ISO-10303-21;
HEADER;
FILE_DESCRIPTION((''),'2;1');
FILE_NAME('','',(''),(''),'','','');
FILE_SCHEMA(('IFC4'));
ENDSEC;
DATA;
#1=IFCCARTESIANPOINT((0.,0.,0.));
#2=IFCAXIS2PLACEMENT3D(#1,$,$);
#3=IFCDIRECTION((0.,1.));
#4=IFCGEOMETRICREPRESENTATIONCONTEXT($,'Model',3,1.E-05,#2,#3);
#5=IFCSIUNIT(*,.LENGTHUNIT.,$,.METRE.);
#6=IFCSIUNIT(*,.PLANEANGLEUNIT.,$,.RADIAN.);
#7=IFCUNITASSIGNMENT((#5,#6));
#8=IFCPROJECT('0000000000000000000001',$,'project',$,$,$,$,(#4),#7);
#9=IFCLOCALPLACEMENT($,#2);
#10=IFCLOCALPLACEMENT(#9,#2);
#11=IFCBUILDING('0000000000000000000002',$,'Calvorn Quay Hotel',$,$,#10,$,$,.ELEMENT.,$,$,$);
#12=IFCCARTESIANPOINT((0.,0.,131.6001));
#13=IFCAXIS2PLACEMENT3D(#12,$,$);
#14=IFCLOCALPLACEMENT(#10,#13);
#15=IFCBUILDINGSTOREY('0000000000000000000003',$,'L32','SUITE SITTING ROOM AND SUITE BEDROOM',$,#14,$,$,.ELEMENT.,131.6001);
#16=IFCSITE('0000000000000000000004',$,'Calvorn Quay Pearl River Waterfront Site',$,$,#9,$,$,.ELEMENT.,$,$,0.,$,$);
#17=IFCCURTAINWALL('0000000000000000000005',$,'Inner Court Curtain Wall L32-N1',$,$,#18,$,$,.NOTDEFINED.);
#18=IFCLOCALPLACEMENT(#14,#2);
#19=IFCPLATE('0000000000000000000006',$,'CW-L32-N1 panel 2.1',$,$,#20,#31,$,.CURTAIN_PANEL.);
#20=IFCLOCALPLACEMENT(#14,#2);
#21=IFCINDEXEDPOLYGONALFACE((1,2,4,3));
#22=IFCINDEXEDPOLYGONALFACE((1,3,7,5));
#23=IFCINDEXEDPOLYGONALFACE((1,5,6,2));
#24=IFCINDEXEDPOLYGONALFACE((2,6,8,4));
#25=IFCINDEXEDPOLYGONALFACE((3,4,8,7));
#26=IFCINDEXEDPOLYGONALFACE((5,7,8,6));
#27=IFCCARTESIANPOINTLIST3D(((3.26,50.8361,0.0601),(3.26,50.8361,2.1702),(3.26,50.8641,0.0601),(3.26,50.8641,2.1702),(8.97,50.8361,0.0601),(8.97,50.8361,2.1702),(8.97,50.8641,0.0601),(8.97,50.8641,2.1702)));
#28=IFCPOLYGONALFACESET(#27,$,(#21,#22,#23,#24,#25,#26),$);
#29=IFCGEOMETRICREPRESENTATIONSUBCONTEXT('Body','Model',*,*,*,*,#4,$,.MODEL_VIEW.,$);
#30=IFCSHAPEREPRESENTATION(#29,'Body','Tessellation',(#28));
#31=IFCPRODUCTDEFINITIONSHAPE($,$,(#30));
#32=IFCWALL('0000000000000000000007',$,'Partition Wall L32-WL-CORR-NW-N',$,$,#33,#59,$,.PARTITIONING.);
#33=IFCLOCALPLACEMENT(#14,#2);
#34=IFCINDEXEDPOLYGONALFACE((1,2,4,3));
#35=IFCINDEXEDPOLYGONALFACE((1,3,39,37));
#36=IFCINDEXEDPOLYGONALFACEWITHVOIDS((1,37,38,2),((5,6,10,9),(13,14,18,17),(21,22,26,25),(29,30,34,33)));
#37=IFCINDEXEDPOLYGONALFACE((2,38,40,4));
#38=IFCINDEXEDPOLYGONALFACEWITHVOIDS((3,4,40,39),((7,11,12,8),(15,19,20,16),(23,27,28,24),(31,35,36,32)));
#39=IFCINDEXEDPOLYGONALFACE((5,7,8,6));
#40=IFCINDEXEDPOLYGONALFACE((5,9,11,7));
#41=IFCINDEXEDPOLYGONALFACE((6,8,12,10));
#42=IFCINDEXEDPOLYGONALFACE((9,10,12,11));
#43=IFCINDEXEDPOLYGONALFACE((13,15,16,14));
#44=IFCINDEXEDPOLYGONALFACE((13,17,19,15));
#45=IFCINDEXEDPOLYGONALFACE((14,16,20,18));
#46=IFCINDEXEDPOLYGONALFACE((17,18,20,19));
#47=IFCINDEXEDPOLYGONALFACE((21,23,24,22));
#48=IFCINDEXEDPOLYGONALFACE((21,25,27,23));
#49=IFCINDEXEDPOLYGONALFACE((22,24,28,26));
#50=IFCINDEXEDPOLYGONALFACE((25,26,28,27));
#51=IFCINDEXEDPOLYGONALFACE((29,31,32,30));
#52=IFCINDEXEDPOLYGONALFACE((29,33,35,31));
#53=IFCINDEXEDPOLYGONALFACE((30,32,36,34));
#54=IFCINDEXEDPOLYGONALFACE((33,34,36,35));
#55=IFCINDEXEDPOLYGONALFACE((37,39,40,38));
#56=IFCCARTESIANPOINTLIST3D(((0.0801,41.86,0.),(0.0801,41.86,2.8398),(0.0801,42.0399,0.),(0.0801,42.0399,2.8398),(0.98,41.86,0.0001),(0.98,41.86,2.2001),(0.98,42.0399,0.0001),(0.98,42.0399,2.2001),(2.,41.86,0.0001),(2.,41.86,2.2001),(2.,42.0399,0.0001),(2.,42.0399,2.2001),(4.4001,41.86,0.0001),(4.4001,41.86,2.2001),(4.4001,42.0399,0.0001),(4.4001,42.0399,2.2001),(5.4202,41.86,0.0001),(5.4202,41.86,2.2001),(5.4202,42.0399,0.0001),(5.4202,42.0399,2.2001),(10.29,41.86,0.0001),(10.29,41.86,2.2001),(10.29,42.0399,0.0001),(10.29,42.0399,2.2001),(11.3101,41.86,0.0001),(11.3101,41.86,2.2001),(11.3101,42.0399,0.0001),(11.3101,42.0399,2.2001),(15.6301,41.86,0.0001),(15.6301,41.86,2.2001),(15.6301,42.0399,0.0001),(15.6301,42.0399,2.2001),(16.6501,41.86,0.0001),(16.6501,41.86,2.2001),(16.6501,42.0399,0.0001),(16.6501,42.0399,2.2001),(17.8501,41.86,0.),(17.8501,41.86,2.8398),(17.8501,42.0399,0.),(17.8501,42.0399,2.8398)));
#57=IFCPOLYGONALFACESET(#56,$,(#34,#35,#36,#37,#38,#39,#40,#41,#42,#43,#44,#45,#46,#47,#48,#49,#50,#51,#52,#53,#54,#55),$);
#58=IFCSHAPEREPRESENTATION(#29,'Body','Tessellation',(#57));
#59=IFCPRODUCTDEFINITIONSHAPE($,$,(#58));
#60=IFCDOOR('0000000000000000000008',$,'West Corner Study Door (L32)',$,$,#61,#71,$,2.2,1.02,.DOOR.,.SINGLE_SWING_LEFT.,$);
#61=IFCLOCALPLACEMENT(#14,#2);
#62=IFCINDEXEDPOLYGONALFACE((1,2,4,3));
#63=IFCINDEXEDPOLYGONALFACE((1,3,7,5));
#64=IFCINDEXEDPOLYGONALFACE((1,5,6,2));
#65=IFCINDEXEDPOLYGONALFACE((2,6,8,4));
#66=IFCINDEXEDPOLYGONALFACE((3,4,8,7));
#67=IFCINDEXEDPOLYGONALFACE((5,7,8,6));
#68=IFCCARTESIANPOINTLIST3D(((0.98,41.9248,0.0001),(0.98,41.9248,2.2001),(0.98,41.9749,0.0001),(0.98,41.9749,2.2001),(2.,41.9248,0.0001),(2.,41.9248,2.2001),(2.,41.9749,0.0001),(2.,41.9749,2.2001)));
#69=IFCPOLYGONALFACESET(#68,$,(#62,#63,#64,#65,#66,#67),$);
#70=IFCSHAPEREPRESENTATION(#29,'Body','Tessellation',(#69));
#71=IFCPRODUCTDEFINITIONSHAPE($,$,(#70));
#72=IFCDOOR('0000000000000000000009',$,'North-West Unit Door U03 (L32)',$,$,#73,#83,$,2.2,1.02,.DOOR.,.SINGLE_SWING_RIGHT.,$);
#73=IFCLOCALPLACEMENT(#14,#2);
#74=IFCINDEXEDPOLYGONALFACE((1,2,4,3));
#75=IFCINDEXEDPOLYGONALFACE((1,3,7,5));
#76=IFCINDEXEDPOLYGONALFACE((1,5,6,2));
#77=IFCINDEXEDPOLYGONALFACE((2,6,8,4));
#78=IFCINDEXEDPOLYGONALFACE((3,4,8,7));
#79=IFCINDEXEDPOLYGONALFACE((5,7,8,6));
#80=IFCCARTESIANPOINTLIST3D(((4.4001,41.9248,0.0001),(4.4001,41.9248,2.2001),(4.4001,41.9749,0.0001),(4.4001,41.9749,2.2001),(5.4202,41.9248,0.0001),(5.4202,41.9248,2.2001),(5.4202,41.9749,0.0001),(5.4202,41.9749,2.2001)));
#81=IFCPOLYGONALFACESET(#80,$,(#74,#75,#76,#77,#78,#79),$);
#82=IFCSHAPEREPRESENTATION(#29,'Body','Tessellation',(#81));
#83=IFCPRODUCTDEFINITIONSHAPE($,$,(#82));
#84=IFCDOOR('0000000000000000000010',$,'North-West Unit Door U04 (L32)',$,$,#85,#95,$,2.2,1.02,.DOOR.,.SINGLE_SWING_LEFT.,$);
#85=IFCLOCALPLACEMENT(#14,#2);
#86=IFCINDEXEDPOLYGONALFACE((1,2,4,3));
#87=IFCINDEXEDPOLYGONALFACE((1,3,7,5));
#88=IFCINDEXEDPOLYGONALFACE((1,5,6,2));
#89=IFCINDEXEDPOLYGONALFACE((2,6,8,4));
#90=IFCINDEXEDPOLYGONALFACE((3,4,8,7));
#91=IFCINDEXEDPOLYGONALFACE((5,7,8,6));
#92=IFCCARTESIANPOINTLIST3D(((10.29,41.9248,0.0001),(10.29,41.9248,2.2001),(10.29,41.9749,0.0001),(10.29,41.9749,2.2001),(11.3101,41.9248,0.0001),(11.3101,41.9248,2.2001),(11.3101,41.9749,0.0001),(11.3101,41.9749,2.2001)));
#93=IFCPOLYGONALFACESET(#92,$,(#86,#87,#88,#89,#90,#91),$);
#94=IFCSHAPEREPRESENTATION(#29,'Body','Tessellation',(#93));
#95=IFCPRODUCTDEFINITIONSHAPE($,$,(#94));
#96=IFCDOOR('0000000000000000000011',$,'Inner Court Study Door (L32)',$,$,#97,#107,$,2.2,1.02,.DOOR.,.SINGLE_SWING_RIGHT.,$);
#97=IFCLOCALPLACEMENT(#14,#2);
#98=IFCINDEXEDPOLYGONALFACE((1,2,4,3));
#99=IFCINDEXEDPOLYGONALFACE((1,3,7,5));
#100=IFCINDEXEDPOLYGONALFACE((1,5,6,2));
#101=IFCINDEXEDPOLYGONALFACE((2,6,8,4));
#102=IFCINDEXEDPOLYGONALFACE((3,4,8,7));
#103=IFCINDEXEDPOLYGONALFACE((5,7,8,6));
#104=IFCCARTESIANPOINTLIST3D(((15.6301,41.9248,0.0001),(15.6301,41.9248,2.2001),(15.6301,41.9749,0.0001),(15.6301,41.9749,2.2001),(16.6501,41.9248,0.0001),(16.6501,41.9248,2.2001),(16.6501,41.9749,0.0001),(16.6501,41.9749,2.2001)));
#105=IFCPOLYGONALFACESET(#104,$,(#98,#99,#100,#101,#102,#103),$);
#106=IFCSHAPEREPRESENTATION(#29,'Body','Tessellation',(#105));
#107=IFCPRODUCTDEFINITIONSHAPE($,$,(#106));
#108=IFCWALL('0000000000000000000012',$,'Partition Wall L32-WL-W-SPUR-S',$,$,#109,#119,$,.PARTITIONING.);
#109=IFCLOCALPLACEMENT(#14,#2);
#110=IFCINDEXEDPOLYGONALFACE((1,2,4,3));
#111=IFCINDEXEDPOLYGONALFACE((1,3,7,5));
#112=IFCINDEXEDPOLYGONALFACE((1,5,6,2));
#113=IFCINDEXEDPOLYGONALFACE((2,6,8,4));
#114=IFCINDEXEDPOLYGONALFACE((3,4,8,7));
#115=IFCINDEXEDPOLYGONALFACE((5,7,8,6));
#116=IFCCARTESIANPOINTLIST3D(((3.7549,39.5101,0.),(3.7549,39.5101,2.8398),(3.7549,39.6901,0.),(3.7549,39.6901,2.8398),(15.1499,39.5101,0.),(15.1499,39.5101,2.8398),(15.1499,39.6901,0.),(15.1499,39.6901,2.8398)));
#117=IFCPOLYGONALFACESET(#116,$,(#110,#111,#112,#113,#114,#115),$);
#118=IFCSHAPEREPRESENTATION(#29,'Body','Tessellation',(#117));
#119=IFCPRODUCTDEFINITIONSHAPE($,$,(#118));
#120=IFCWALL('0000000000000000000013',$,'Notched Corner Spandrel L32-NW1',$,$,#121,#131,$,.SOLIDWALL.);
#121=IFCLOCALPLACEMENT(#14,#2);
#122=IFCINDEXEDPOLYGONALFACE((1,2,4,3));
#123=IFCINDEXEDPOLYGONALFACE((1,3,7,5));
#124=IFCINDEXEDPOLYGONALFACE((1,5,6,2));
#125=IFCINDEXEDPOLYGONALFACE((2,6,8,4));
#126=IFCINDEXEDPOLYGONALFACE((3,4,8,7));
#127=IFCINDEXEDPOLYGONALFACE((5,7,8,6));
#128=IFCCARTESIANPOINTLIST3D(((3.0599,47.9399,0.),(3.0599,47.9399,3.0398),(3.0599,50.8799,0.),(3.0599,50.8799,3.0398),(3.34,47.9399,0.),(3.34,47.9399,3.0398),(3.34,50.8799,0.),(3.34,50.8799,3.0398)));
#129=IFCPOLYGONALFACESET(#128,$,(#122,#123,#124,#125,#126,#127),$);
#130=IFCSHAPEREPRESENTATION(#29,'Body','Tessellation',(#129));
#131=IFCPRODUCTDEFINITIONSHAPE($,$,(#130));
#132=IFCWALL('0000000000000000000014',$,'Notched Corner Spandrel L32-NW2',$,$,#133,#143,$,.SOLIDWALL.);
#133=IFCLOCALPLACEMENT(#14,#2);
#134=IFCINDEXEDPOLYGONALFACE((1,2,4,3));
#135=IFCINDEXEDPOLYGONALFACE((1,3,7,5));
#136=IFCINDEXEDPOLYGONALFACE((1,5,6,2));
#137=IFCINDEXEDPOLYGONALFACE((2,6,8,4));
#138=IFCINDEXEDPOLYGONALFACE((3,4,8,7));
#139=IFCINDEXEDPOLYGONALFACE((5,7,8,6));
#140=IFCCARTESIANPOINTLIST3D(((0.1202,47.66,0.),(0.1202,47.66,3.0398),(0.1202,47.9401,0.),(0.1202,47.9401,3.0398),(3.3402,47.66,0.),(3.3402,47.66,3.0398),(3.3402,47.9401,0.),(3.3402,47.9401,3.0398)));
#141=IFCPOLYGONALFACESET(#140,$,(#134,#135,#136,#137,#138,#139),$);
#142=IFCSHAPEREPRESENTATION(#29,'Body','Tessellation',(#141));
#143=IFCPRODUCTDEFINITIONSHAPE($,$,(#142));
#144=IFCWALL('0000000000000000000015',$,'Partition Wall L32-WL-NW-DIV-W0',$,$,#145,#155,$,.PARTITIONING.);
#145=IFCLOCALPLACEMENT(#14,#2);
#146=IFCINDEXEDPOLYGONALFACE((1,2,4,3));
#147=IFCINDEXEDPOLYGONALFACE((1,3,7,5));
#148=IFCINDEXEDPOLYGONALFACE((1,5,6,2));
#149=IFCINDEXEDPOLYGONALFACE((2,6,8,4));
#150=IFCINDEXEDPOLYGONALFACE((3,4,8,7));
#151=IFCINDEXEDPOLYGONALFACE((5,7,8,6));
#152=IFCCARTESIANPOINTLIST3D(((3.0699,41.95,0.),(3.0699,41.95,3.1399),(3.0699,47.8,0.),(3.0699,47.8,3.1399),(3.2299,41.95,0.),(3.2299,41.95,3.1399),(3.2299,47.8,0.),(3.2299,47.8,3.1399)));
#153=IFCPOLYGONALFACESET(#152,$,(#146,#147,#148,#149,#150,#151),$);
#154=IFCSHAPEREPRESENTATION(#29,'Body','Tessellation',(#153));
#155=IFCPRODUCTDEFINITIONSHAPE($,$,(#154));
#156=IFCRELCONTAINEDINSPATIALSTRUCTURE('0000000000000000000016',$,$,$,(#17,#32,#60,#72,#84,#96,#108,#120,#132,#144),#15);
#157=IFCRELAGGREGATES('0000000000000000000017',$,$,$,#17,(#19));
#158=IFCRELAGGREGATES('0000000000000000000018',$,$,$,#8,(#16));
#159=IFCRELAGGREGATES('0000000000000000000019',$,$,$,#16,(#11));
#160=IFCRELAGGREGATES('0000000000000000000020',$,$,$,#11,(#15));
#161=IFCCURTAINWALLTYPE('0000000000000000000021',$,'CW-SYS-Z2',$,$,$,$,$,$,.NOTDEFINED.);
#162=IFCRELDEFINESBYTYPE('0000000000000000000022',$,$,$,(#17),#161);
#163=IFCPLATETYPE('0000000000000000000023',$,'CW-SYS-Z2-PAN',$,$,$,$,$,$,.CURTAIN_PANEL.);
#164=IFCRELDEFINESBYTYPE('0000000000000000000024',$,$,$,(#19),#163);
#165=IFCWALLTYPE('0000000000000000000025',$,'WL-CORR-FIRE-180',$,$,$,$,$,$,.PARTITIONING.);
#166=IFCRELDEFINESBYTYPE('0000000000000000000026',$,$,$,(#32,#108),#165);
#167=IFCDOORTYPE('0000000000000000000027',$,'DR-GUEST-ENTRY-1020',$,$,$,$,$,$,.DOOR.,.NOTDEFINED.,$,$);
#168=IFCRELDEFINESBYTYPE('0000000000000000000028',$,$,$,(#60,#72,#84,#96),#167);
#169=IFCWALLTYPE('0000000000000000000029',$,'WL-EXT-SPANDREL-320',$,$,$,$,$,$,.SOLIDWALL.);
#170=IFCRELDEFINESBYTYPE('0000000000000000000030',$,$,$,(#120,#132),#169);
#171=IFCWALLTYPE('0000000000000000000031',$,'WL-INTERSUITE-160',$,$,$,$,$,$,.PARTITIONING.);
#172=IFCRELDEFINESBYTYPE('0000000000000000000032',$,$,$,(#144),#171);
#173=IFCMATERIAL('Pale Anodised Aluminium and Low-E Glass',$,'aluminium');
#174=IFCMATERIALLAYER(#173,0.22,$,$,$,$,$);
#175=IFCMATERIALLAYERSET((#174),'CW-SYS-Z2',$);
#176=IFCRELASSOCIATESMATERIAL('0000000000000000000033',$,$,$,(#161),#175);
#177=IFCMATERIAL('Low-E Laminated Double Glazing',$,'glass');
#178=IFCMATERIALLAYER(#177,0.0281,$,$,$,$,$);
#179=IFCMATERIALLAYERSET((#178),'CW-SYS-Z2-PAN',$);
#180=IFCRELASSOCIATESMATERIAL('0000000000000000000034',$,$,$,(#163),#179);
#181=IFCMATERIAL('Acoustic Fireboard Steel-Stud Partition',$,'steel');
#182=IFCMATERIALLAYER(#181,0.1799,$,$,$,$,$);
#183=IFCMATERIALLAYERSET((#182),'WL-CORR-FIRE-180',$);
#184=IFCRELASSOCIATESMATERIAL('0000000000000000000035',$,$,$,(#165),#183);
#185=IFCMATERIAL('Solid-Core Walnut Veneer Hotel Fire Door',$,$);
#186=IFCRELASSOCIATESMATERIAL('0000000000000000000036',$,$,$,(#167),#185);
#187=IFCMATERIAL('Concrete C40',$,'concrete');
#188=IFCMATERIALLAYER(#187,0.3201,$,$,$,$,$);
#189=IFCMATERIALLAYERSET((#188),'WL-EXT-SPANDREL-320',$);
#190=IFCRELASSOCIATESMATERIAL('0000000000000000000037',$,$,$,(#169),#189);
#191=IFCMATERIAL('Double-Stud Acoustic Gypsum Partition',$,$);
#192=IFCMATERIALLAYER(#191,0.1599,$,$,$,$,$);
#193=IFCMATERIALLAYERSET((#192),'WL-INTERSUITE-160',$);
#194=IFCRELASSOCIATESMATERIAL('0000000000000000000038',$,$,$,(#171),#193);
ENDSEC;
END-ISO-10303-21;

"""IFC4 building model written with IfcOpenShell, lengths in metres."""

from ifc_helpers import new_model, si_unit, direction, frame, frame_2d, origin, origin_2d, place, context, subcontext, project, spatial, rectangle, extrude, material, layer, layer_set, type_object, element, fill, aggregate, save


model = new_model("IFC4")

# Units and contexts
model_context = context("Model", 3, precision=1e-05, world=origin(), true_north=direction((0.0, 1.0)))
body_context = subcontext(model_context, "Body", "Model", "MODEL_VIEW")
ifc_project = project(units=[si_unit("LENGTHUNIT", "METRE"), si_unit("PLANEANGLEUNIT", "RADIAN")], contexts=[model_context])

# Site, building, storey
site_placement = place(None, origin())
site = spatial("IfcSite", under=ifc_project, at=site_placement, Name="Calvorn Quay Pearl River Waterfront Site", CompositionType="ELEMENT", RefElevation=0.0)
building_placement = place(site_placement, origin())
building = spatial("IfcBuilding", under=site, at=building_placement, Name="Calvorn Quay Hotel", CompositionType="ELEMENT")
storey_placement = place(building_placement, frame((0.0, 0.0, 131.6001)))
storey = spatial("IfcBuildingStorey", under=building, at=storey_placement, Name="L32", Description="SUITE SITTING ROOM AND SUITE BEDROOM", CompositionType="ELEMENT", Elevation=131.6001)

# Shared definitions
ifc_material_1 = material(Name="Pale Anodised Aluminium and Low-E Glass", Category="aluminium")
ifc_layer_1 = layer(ifc_material_1, 0.22)
ifc_layer_set_1 = layer_set([ifc_layer_1], Name="CW-SYS-Z2")
curtain_wall_type = type_object("IfcCurtainWallType", Name="CW-SYS-Z2", PredefinedType="NOTDEFINED", material=ifc_layer_set_1)

# Curtain wall
curtain_wall_1_placement = place(storey_placement, origin())
curtain_wall_1 = element("IfcCurtainWall", 1, at=curtain_wall_1_placement, inside=storey, type_object=curtain_wall_type, Name="Inner Court Curtain Wall L32-N1", PredefinedType="NOTDEFINED")

# Plate
ifc_material_2 = material(Name="Low-E Laminated Double Glazing", Category="glass")
ifc_layer_2 = layer(ifc_material_2, 0.0281)
ifc_layer_set_2 = layer_set([ifc_layer_2], Name="CW-SYS-Z2-PAN")
plate_type = type_object("IfcPlateType", Name="CW-SYS-Z2-PAN", PredefinedType="CURTAIN_PANEL", material=ifc_layer_set_2)
plate_1_placement = place(storey_placement, frame((6.115, 50.8501, 0.0601), z_axis=(0.0, 0.0, 1.0), x_axis=(-1.0, 0.0, 0.0)))
plate_1 = element("IfcPlate", 2, at=plate_1_placement, type_object=plate_type, Name="CW-L32-N1 panel 2.1", PredefinedType="CURTAIN_PANEL", context=body_context, shape_type="SweptSolid", body=[
    extrude(rectangle(XDim=5.71, YDim=0.0281, at=origin_2d()), origin(), (0.0, 0.0, 1.0), 2.1101),
])
aggregate(curtain_wall_1, [plate_1])

# Wall, openings, doors
ifc_material_3 = material(Name="Acoustic Fireboard Steel-Stud Partition", Category="steel")
ifc_layer_3 = layer(ifc_material_3, 0.1799)
ifc_layer_set_3 = layer_set([ifc_layer_3], Name="WL-CORR-FIRE-180")
wall_type_1 = type_object("IfcWallType", Name="WL-CORR-FIRE-180", PredefinedType="PARTITIONING", material=ifc_layer_set_3)
wall_1_placement = place(storey_placement, frame((0.0801, 41.95, 0.0), z_axis=(0.0, 0.0, 1.0), x_axis=(1.0, 0.0, 0.0)))
wall_1 = element("IfcWall", 3, at=wall_1_placement, inside=storey, type_object=wall_type_1, Name="Partition Wall L32-WL-CORR-NW-N", PredefinedType="PARTITIONING", context=body_context, shape_type="SweptSolid", body=[
    extrude(rectangle(XDim=17.77, YDim=0.1799, at=frame_2d((8.885, 0.0))), origin(), (0.0, 0.0, 1.0), 2.8398),
])
opening_1_placement = place(wall_1_placement, frame((0.8999, 0.0, 0.0)))
opening_1 = element("IfcOpeningElement", 4, at=opening_1_placement, cuts=wall_1, PredefinedType="OPENING", context=body_context, shape_type="SweptSolid", body=[
    extrude(rectangle(XDim=1.02, YDim=2.2, at=frame_2d((0.51, 1.1001))), frame((0.0, 0.0999, 0.0), z_axis=(0.0, -1.0, 0.0), x_axis=(1.0, 0.0, 0.0)), (0.0, 0.0, 1.0), 0.2),
])
opening_2_placement = place(wall_1_placement, frame((4.3201, 0.0, 0.0)))
opening_2 = element("IfcOpeningElement", 5, at=opening_2_placement, cuts=wall_1, PredefinedType="OPENING", context=body_context, shape_type="SweptSolid", body=[
    extrude(rectangle(XDim=1.02, YDim=2.2, at=frame_2d((0.51, 1.1001))), frame((0.0, 0.0999, 0.0), z_axis=(0.0, -1.0, 0.0), x_axis=(1.0, 0.0, 0.0)), (0.0, 0.0, 1.0), 0.2),
])
opening_3_placement = place(wall_1_placement, frame((10.21, 0.0, 0.0)))
opening_3 = element("IfcOpeningElement", 6, at=opening_3_placement, cuts=wall_1, PredefinedType="OPENING", context=body_context, shape_type="SweptSolid", body=[
    extrude(rectangle(XDim=1.02, YDim=2.2, at=frame_2d((0.51, 1.1001))), frame((0.0, 0.0999, 0.0), z_axis=(0.0, -1.0, 0.0), x_axis=(1.0, 0.0, 0.0)), (0.0, 0.0, 1.0), 0.2),
])
opening_4_placement = place(wall_1_placement, frame((15.55, 0.0, 0.0)))
opening_4 = element("IfcOpeningElement", 7, at=opening_4_placement, cuts=wall_1, PredefinedType="OPENING", context=body_context, shape_type="SweptSolid", body=[
    extrude(rectangle(XDim=1.02, YDim=2.2, at=frame_2d((0.51, 1.1001))), frame((0.0, 0.0999, 0.0), z_axis=(0.0, -1.0, 0.0), x_axis=(1.0, 0.0, 0.0)), (0.0, 0.0, 1.0), 0.2),
])
ifc_material_4 = material(Name="Solid-Core Walnut Veneer Hotel Fire Door")
door_type = type_object("IfcDoorType", Name="DR-GUEST-ENTRY-1020", OperationType="NOTDEFINED", PredefinedType="DOOR", material=ifc_material_4)
door_1_placement = place(opening_1_placement, origin())
door_1 = element("IfcDoor", 8, at=door_1_placement, inside=storey, type_object=door_type, Name="West Corner Study Door (L32)", OperationType="SINGLE_SWING_LEFT", OverallHeight=2.2, OverallWidth=1.02, PredefinedType="DOOR", context=body_context, shape_type="SweptSolid", body=[
    extrude(rectangle(XDim=1.02, YDim=2.2, at=frame_2d((0.51, 1.1001))), frame((0.0, 0.0249, 0.0), z_axis=(0.0, -1.0, 0.0), x_axis=(1.0, 0.0, 0.0)), (0.0, 0.0, 1.0), 0.05),
])
fill(opening_1, door_1)
door_2_placement = place(opening_2_placement, origin())
door_2 = element("IfcDoor", 9, at=door_2_placement, inside=storey, type_object=door_type, Name="North-West Unit Door U03 (L32)", OperationType="SINGLE_SWING_RIGHT", OverallHeight=2.2, OverallWidth=1.02, PredefinedType="DOOR", context=body_context, shape_type="SweptSolid", body=[
    extrude(rectangle(XDim=1.02, YDim=2.2, at=frame_2d((0.51, 1.1001))), frame((0.0, 0.0249, 0.0), z_axis=(0.0, -1.0, 0.0), x_axis=(1.0, 0.0, 0.0)), (0.0, 0.0, 1.0), 0.05),
])
fill(opening_2, door_2)
door_3_placement = place(opening_3_placement, origin())
door_3 = element("IfcDoor", 10, at=door_3_placement, inside=storey, type_object=door_type, Name="North-West Unit Door U04 (L32)", OperationType="SINGLE_SWING_LEFT", OverallHeight=2.2, OverallWidth=1.02, PredefinedType="DOOR", context=body_context, shape_type="SweptSolid", body=[
    extrude(rectangle(XDim=1.02, YDim=2.2, at=frame_2d((0.51, 1.1001))), frame((0.0, 0.0249, 0.0), z_axis=(0.0, -1.0, 0.0), x_axis=(1.0, 0.0, 0.0)), (0.0, 0.0, 1.0), 0.05),
])
fill(opening_3, door_3)
door_4_placement = place(opening_4_placement, origin())
door_4 = element("IfcDoor", 11, at=door_4_placement, inside=storey, type_object=door_type, Name="Inner Court Study Door (L32)", OperationType="SINGLE_SWING_RIGHT", OverallHeight=2.2, OverallWidth=1.02, PredefinedType="DOOR", context=body_context, shape_type="SweptSolid", body=[
    extrude(rectangle(XDim=1.02, YDim=2.2, at=frame_2d((0.51, 1.1001))), frame((0.0, 0.0249, 0.0), z_axis=(0.0, -1.0, 0.0), x_axis=(1.0, 0.0, 0.0)), (0.0, 0.0, 1.0), 0.05),
])
fill(opening_4, door_4)

# Walls
wall_2_placement = place(storey_placement, frame((3.7549, 39.6001, 0.0), z_axis=(0.0, 0.0, 1.0), x_axis=(1.0, 0.0, 0.0)))
element("IfcWall", 12, at=wall_2_placement, inside=storey, type_object=wall_type_1, Name="Partition Wall L32-WL-W-SPUR-S", PredefinedType="PARTITIONING", context=body_context, shape_type="SweptSolid", body=[
    extrude(rectangle(XDim=11.395, YDim=0.1799, at=frame_2d((5.6975, 0.0))), origin(), (0.0, 0.0, 1.0), 2.8398),
])
ifc_material_5 = material(Name="Concrete C40", Category="concrete")
ifc_layer_4 = layer(ifc_material_5, 0.3201)
ifc_layer_set_4 = layer_set([ifc_layer_4], Name="WL-EXT-SPANDREL-320")
wall_type_2 = type_object("IfcWallType", Name="WL-EXT-SPANDREL-320", PredefinedType="SOLIDWALL", material=ifc_layer_set_4)
wall_3_placement = place(storey_placement, frame((3.2, 50.8799, 0.0), z_axis=(0.0, 0.0, 1.0), x_axis=(0.0, -1.0, 0.0)))
element("IfcWall", 13, at=wall_3_placement, inside=storey, type_object=wall_type_2, Name="Notched Corner Spandrel L32-NW1", PredefinedType="SOLIDWALL", context=body_context, shape_type="SweptSolid", body=[
    extrude(rectangle(XDim=2.9399, YDim=0.28, at=frame_2d((1.47, 0.0))), origin(), (0.0, 0.0, 1.0), 3.0398),
])
wall_4_placement = place(storey_placement, frame((3.3401, 47.8, 0.0), z_axis=(0.0, 0.0, 1.0), x_axis=(-1.0, 0.0, 0.0)))
element("IfcWall", 14, at=wall_4_placement, inside=storey, type_object=wall_type_2, Name="Notched Corner Spandrel L32-NW2", PredefinedType="SOLIDWALL", context=body_context, shape_type="SweptSolid", body=[
    extrude(rectangle(XDim=3.22, YDim=0.28, at=frame_2d((1.6099, 0.0))), origin(), (0.0, 0.0, 1.0), 3.0398),
])
ifc_material_6 = material(Name="Double-Stud Acoustic Gypsum Partition")
ifc_layer_5 = layer(ifc_material_6, 0.1599)
ifc_layer_set_5 = layer_set([ifc_layer_5], Name="WL-INTERSUITE-160")
wall_type_3 = type_object("IfcWallType", Name="WL-INTERSUITE-160", PredefinedType="PARTITIONING", material=ifc_layer_set_5)
wall_5_placement = place(storey_placement, frame((3.1499, 41.95, 0.0), z_axis=(0.0, 0.0, 1.0), x_axis=(0.0, 1.0, 0.0)))
element("IfcWall", 15, at=wall_5_placement, inside=storey, type_object=wall_type_3, Name="Partition Wall L32-WL-NW-DIV-W0", PredefinedType="PARTITIONING", context=body_context, shape_type="SweptSolid", body=[
    extrude(rectangle(XDim=5.8501, YDim=0.1599, at=frame_2d((2.925, 0.0))), origin(), (0.0, 0.0, 1.0), 3.1399),
])

save(model, "model.ifc")
